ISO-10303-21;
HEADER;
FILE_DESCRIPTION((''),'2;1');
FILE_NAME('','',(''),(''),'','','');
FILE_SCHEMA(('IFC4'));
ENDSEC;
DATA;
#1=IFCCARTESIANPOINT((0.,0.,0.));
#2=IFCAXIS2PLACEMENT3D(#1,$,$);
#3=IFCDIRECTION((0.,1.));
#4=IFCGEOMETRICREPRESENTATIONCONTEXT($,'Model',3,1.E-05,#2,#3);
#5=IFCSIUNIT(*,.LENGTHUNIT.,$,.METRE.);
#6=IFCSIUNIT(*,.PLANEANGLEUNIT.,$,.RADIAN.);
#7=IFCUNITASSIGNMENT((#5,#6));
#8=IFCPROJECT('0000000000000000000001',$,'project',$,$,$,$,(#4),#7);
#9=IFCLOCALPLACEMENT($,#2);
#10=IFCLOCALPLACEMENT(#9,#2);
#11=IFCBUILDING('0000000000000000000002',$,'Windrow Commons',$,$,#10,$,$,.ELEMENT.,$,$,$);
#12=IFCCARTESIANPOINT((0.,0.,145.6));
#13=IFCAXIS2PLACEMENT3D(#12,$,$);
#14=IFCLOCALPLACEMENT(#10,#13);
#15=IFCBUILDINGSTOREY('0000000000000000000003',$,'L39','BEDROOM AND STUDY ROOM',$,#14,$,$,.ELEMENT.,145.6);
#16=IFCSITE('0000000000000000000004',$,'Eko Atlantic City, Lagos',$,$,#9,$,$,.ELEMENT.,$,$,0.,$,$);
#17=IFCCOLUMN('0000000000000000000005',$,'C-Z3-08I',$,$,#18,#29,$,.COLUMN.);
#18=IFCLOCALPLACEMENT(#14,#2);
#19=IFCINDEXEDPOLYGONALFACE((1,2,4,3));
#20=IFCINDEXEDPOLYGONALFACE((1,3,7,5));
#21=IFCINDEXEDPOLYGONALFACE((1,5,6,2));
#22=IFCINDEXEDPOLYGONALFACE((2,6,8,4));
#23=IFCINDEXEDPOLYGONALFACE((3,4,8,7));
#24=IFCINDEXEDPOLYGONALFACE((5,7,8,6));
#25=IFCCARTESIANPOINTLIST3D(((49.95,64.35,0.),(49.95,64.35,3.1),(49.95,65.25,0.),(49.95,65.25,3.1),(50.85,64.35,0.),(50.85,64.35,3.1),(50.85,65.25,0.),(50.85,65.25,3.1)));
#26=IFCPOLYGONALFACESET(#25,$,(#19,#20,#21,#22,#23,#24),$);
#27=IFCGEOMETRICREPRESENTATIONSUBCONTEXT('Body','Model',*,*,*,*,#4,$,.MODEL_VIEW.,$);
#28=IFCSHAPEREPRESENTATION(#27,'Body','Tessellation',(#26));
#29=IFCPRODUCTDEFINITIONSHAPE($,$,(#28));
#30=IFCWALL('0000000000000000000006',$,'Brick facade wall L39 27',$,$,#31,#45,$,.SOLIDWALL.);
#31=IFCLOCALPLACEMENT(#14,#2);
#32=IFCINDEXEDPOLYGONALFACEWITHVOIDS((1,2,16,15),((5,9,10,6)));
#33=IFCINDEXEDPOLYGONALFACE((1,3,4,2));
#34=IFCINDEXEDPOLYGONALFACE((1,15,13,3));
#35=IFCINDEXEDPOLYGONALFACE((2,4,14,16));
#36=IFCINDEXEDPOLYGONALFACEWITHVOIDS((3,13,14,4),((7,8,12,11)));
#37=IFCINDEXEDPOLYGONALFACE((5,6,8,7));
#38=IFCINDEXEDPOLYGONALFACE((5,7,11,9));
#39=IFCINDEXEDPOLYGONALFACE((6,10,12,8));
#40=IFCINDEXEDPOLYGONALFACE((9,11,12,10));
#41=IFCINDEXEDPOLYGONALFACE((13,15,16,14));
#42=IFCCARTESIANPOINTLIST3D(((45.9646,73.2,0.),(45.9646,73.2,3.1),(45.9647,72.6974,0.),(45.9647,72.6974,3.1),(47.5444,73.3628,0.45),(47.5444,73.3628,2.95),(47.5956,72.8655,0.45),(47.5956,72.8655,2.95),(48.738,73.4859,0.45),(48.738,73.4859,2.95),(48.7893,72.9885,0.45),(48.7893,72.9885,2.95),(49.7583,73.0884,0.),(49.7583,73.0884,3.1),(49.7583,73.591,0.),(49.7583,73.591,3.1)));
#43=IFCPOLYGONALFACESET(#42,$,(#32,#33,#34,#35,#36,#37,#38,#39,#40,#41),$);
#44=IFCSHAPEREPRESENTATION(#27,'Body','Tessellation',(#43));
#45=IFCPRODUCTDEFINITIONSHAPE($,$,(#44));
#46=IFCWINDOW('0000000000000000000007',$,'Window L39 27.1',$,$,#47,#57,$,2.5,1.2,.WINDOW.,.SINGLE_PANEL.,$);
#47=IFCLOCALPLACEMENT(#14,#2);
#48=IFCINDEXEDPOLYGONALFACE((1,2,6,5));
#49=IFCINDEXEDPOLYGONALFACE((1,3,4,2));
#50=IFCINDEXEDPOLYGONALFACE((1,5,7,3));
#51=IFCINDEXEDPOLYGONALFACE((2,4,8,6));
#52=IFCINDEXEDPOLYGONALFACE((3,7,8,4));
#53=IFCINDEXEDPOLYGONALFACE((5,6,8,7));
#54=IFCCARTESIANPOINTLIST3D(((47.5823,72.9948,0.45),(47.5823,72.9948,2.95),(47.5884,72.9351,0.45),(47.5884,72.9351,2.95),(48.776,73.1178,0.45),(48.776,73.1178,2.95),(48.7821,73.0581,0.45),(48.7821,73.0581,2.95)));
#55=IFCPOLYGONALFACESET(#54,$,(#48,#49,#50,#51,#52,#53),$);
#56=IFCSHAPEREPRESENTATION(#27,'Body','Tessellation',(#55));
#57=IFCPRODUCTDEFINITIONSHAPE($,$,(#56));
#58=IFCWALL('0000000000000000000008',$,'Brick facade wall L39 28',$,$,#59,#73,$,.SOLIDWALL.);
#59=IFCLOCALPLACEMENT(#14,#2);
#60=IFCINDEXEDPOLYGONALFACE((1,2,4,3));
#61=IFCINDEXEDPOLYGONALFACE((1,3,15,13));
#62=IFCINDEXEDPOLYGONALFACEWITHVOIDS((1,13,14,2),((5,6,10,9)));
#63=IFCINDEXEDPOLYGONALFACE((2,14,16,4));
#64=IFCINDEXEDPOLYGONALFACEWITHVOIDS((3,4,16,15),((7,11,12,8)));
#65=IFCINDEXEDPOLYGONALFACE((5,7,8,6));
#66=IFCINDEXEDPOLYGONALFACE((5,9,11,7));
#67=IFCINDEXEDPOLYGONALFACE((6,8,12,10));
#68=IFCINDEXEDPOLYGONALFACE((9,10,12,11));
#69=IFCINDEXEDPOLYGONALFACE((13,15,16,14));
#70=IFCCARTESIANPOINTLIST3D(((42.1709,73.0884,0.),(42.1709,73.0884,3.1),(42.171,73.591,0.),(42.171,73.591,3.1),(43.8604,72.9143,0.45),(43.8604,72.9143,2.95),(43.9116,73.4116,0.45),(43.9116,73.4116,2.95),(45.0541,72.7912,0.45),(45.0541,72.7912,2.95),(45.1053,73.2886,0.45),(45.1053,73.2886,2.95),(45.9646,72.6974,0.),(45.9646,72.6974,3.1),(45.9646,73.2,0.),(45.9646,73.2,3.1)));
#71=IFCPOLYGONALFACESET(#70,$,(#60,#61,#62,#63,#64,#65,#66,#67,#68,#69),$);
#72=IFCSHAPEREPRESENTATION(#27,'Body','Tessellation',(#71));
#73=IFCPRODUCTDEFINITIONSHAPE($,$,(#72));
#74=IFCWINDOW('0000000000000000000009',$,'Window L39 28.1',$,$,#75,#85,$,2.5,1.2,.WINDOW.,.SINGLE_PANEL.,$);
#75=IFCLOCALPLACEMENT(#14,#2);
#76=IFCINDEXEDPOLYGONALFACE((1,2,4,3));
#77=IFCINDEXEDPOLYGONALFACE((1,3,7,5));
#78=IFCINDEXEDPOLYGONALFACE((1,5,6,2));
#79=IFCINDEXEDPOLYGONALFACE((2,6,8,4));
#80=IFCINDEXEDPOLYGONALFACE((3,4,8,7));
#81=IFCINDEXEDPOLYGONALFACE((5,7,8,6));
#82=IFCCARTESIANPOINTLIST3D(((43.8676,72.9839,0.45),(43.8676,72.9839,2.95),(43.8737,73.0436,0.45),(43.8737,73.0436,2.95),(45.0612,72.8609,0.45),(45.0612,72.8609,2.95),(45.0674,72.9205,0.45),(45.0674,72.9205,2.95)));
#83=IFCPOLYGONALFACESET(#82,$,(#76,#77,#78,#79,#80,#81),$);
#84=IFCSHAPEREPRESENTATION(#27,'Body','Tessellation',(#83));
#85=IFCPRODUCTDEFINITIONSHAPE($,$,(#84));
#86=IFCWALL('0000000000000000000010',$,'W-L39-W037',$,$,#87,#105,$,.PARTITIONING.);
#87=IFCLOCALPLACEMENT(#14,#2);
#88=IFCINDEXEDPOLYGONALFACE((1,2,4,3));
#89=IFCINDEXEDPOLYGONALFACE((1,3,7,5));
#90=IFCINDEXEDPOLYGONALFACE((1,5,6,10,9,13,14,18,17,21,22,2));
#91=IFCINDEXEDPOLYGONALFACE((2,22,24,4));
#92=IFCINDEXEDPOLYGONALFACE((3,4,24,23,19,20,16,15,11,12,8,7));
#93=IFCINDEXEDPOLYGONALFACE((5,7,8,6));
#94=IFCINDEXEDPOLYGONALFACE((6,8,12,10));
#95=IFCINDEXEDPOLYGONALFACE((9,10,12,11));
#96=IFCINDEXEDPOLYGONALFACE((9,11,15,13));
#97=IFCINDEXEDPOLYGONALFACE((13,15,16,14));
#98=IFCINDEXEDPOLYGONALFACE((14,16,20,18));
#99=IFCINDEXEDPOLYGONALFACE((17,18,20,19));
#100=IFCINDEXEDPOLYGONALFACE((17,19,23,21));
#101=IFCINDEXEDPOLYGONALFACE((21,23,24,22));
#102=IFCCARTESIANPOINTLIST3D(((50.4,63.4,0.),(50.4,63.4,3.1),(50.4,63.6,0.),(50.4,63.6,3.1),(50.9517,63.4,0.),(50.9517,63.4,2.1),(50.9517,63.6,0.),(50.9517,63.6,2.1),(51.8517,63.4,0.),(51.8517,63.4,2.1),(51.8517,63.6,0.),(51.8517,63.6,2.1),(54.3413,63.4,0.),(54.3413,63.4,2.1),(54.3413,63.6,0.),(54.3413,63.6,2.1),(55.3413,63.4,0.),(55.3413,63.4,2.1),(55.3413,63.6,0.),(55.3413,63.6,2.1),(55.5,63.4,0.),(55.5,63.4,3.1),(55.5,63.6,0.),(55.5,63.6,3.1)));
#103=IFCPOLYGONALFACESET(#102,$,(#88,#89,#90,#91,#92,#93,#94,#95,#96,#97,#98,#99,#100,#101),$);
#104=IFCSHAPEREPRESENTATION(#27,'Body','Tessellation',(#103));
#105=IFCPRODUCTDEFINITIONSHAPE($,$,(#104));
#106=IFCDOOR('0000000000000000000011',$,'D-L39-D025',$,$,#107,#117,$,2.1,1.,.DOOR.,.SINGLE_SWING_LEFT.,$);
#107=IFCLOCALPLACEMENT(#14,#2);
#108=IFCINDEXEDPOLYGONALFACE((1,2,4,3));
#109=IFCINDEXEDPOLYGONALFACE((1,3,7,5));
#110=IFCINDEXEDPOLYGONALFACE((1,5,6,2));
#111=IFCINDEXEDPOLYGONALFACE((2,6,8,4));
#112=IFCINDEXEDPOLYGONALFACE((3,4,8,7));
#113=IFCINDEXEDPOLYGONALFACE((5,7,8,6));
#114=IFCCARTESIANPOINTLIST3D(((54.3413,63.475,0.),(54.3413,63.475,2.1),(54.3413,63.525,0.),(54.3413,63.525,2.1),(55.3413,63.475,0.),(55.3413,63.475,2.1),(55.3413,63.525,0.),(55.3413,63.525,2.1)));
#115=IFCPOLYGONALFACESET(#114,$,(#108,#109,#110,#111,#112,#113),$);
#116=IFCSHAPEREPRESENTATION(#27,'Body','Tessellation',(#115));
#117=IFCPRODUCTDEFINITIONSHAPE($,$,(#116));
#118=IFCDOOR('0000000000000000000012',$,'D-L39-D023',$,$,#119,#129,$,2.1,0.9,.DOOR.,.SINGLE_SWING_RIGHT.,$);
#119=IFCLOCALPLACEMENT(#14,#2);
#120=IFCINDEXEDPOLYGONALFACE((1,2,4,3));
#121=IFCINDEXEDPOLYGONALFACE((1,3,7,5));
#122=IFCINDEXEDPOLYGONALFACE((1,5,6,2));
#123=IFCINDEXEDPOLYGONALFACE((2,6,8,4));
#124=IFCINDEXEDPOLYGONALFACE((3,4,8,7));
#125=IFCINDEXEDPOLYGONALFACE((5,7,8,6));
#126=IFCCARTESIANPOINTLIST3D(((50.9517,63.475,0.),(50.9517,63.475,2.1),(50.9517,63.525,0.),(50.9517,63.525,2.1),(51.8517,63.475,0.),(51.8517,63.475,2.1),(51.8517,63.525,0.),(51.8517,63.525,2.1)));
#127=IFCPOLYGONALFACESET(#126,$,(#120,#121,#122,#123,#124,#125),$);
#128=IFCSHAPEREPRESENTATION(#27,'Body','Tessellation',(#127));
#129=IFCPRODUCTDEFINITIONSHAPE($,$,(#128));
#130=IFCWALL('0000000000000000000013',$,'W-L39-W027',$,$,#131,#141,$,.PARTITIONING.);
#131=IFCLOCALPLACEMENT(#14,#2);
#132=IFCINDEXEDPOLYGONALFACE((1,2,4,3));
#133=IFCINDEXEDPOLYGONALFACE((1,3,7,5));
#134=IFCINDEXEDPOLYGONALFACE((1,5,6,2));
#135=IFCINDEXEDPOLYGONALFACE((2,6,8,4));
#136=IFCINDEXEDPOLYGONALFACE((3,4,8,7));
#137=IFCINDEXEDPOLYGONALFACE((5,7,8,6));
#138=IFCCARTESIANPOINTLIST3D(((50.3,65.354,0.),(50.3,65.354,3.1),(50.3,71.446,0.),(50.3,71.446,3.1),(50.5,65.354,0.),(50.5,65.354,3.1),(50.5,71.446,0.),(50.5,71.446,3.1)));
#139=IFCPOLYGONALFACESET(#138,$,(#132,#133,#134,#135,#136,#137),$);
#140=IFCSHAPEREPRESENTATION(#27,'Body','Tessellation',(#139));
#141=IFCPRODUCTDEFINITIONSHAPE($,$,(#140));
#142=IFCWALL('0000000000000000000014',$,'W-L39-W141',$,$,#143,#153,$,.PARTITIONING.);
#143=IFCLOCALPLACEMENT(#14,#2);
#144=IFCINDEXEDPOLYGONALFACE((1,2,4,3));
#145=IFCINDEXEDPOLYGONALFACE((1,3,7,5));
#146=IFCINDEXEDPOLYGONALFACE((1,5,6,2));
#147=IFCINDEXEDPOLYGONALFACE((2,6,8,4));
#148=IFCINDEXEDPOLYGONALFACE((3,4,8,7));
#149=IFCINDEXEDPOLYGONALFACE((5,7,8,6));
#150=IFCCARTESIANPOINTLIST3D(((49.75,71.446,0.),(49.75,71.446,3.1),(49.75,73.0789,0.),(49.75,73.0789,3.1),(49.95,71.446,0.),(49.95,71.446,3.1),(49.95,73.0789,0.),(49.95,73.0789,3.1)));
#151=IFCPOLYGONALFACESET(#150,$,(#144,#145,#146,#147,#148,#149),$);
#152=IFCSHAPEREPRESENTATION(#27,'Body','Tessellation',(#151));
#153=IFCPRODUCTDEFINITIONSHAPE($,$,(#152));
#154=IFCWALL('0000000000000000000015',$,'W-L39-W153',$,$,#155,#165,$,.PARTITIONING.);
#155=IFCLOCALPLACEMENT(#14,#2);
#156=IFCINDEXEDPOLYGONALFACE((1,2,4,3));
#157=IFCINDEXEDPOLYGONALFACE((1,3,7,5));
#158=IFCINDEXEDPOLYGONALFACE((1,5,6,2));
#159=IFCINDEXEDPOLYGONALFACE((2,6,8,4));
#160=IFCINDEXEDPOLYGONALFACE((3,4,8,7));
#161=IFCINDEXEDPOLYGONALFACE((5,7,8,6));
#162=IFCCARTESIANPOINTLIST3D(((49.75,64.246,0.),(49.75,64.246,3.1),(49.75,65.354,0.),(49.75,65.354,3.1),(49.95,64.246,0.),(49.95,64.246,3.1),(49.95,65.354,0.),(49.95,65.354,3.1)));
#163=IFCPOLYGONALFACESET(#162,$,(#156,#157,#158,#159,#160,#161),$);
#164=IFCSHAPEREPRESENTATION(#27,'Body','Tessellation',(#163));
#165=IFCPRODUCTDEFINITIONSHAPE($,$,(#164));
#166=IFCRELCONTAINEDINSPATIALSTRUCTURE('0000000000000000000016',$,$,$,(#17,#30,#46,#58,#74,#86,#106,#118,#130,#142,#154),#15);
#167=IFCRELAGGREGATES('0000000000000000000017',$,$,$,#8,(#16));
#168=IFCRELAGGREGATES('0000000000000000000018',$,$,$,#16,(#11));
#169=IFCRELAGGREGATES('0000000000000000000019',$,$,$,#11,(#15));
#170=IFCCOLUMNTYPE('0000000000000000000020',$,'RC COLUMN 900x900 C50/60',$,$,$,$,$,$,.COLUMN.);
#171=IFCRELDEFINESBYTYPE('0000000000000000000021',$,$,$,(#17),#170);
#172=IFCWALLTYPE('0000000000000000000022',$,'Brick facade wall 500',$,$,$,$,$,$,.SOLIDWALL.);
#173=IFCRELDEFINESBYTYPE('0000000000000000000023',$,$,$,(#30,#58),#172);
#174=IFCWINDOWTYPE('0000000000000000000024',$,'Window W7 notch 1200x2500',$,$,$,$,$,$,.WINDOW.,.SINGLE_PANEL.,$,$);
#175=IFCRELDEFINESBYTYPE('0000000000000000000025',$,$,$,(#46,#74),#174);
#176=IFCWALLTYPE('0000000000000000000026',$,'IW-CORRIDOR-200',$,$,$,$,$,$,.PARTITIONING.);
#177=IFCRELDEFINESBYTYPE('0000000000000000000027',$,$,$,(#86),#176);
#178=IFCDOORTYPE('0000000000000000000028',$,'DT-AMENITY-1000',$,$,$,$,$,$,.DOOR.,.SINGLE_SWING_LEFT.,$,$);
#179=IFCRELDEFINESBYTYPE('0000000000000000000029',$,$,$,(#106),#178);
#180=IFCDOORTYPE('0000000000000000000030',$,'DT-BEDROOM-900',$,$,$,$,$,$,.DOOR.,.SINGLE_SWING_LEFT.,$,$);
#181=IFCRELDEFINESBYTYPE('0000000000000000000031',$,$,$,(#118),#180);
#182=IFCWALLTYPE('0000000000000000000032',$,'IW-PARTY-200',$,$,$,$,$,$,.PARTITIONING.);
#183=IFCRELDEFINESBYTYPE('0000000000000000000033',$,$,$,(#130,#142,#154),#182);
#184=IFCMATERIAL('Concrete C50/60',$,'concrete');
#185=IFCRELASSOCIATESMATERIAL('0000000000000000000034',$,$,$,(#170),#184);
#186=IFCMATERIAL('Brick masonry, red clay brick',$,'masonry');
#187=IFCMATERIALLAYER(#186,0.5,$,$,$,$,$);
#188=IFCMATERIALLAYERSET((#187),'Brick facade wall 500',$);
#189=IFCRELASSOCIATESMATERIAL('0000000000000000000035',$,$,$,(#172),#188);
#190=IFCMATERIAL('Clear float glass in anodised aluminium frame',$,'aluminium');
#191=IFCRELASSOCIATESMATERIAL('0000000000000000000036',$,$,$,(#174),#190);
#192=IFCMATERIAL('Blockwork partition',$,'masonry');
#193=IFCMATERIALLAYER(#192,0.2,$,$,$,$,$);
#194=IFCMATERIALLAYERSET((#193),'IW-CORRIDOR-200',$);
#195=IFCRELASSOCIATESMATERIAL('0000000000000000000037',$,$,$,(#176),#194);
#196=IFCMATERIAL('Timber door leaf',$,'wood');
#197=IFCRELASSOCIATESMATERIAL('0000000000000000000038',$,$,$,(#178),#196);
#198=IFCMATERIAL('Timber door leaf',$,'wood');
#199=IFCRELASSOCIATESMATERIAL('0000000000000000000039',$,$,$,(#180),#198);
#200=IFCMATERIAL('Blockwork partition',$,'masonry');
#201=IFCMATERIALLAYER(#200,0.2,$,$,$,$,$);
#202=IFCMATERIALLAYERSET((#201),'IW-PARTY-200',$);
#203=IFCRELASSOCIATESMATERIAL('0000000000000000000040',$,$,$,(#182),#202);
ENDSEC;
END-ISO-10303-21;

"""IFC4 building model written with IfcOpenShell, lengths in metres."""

from ifc_helpers import new_model, si_unit, direction, frame, frame_2d, origin, origin_2d, place, context, subcontext, project, spatial, polyline, rectangle, outline, extrude, material, layer, layer_set, material_profile, profile_set, type_object, element, fill, save


model = new_model("IFC4")

# Units and contexts
model_context = context("Model", 3, precision=1e-05, world=origin(), true_north=direction((0.0, 1.0)))
body_context = subcontext(model_context, "Body", "Model", "MODEL_VIEW")
ifc_project = project(units=[si_unit("LENGTHUNIT", "METRE"), si_unit("PLANEANGLEUNIT", "RADIAN")], contexts=[model_context])

# Site, building, storey
site_placement = place(None, origin())
site = spatial("IfcSite", under=ifc_project, at=site_placement, Name="Eko Atlantic City, Lagos", CompositionType="ELEMENT", RefElevation=0.0)
building_placement = place(site_placement, origin())
building = spatial("IfcBuilding", under=site, at=building_placement, Name="Windrow Commons", CompositionType="ELEMENT")
storey_placement = place(building_placement, frame((0.0, 0.0, 145.6)))
storey = spatial("IfcBuildingStorey", under=building, at=storey_placement, Name="L39", Description="BEDROOM AND STUDY ROOM", CompositionType="ELEMENT", Elevation=145.6)

# Column
ifc_material_1 = material(Name="Concrete C50/60", Category="concrete")
ifc_material_profile = material_profile(ifc_material_1, rectangle(XDim=0.9, YDim=0.9, at=origin_2d()))
ifc_profile_set = profile_set([ifc_material_profile], Name="Concrete C50/60")
column_type = type_object("IfcColumnType", Name="RC COLUMN 900x900 C50/60", PredefinedType="COLUMN", material=ifc_profile_set)
column_placement = place(storey_placement, frame((50.4, 64.8, 0.0), z_axis=(0.0, 0.0, 1.0), x_axis=(1.0, 0.0, 0.0)))
element("IfcColumn", 1, at=column_placement, inside=storey, type_object=column_type, Name="C-Z3-08I", PredefinedType="COLUMN", context=body_context, shape_type="SweptSolid", body=[
    extrude(rectangle(XDim=0.9, YDim=0.9, at=origin_2d()), origin(), (0.0, 0.0, 1.0), 3.1),
])

# Walls, openings, windows
ifc_material_2 = material(Name="Brick masonry, red clay brick", Category="masonry")
ifc_layer_1 = layer(ifc_material_2, 0.5)
ifc_layer_set_1 = layer_set([ifc_layer_1], Name="Brick facade wall 500")
wall_type_1 = type_object("IfcWallType", Name="Brick facade wall 500", PredefinedType="SOLIDWALL", material=ifc_layer_set_1)
wall_1_placement = place(storey_placement, frame((49.7583, 73.3397, 0.0), z_axis=(0.0, 0.0, 1.0), x_axis=(-0.994731, -0.102523, 0.0)))
wall_1 = element("IfcWall", 2, at=wall_1_placement, inside=storey, type_object=wall_type_1, Name="Brick facade wall L39 27", PredefinedType="SOLIDWALL", context=body_context, shape_type="SweptSolid", body=[
    extrude(outline(polyline([(-0.0258, -0.25), (3.788, -0.25), (3.8395, 0.25), (0.0258, 0.25), (-0.0258, -0.25)])), origin(), (0.0, 0.0, 1.0), 3.1),
])
opening_1_placement = place(wall_1_placement, frame((0.9999, 0.0, 0.45)))
opening_1 = element("IfcOpeningElement", 3, at=opening_1_placement, cuts=wall_1, PredefinedType="OPENING", context=body_context, shape_type="SweptSolid", body=[
    extrude(rectangle(XDim=1.2, YDim=2.5, at=frame_2d((0.6, 1.25))), frame((0.0, 0.26, 0.0), z_axis=(0.0, -1.0, 0.0), x_axis=(1.0, 0.0, 0.0)), (0.0, 0.0, 1.0), 0.52),
])
ifc_material_3 = material(Name="Clear float glass in anodised aluminium frame", Category="aluminium")
window_type = type_object("IfcWindowType", Name="Window W7 notch 1200x2500", PartitioningType="SINGLE_PANEL", PredefinedType="WINDOW", material=ifc_material_3)
window_1_placement = place(opening_1_placement, origin())
window_1 = element("IfcWindow", 4, at=window_1_placement, inside=storey, type_object=window_type, Name="Window L39 27.1", OverallHeight=2.5, OverallWidth=1.2, PartitioningType="SINGLE_PANEL", PredefinedType="WINDOW", context=body_context, shape_type="SweptSolid", body=[
    extrude(rectangle(XDim=1.2, YDim=2.5, at=frame_2d((0.6, 1.25))), frame((0.0, 0.18, 0.0), z_axis=(0.0, -1.0, 0.0), x_axis=(1.0, 0.0, 0.0)), (0.0, 0.0, 1.0), 0.06),
])
fill(opening_1, window_1)
wall_2_placement = place(storey_placement, frame((45.9646, 72.9487, 0.0), z_axis=(0.0, 0.0, 1.0), x_axis=(-0.99473, 0.102525, 0.0)))
wall_2 = element("IfcWall", 5, at=wall_2_placement, inside=storey, type_object=wall_type_1, Name="Brick facade wall L39 28", PredefinedType="SOLIDWALL", context=body_context, shape_type="SweptSolid", body=[
    extrude(outline(polyline([(0.0258, -0.25), (3.8395, -0.25), (3.788, 0.25), (-0.0258, 0.25), (0.0258, -0.25)])), origin(), (0.0, 0.0, 1.0), 3.1),
])
opening_2_placement = place(wall_2_placement, frame((0.8896, 0.0, 0.45)))
opening_2 = element("IfcOpeningElement", 6, at=opening_2_placement, cuts=wall_2, PredefinedType="OPENING", context=body_context, shape_type="SweptSolid", body=[
    extrude(rectangle(XDim=1.2, YDim=2.5, at=frame_2d((0.6, 1.25))), frame((0.0, 0.26, 0.0), z_axis=(0.0, -1.0, 0.0), x_axis=(1.0, 0.0, 0.0)), (0.0, 0.0, 1.0), 0.52),
])
window_2_placement = place(opening_2_placement, origin())
window_2 = element("IfcWindow", 7, at=window_2_placement, inside=storey, type_object=window_type, Name="Window L39 28.1", OverallHeight=2.5, OverallWidth=1.2, PartitioningType="SINGLE_PANEL", PredefinedType="WINDOW", context=body_context, shape_type="SweptSolid", body=[
    extrude(rectangle(XDim=1.2, YDim=2.5, at=frame_2d((0.6, 1.25))), frame((0.0, 0.18, 0.0), z_axis=(0.0, -1.0, 0.0), x_axis=(1.0, 0.0, 0.0)), (0.0, 0.0, 1.0), 0.06),
])
fill(opening_2, window_2)

# Wall, openings, doors
ifc_material_4 = material(Name="Blockwork partition", Category="masonry")
ifc_layer_2 = layer(ifc_material_4, 0.2)
ifc_layer_set_2 = layer_set([ifc_layer_2], Name="IW-CORRIDOR-200")
wall_type_2 = type_object("IfcWallType", Name="IW-CORRIDOR-200", PredefinedType="PARTITIONING", material=ifc_layer_set_2)
wall_3_placement = place(storey_placement, frame((50.4, 63.5, 0.0), z_axis=(0.0, 0.0, 1.0), x_axis=(1.0, 0.0, 0.0)))
wall_3 = element("IfcWall", 8, at=wall_3_placement, inside=storey, type_object=wall_type_2, Name="W-L39-W037", PredefinedType="PARTITIONING", context=body_context, shape_type="SweptSolid", body=[
    extrude(rectangle(XDim=5.1, YDim=0.2, at=frame_2d((2.55, 0.0))), origin(), (0.0, 0.0, 1.0), 3.1),
])
opening_3_placement = place(wall_3_placement, frame((0.5517, 0.0, 0.0)))
opening_3 = element("IfcOpeningElement", 9, at=opening_3_placement, cuts=wall_3, PredefinedType="OPENING", context=body_context, shape_type="SweptSolid", body=[
    extrude(rectangle(XDim=0.9, YDim=2.1, at=frame_2d((0.45, 1.05))), frame((0.0, 0.11, 0.0), z_axis=(0.0, -1.0, 0.0), x_axis=(1.0, 0.0, 0.0)), (0.0, 0.0, 1.0), 0.22),
])
opening_4_placement = place(wall_3_placement, frame((3.9413, 0.0, 0.0)))
opening_4 = element("IfcOpeningElement", 10, at=opening_4_placement, cuts=wall_3, PredefinedType="OPENING", context=body_context, shape_type="SweptSolid", body=[
    extrude(rectangle(XDim=1.0, YDim=2.1, at=frame_2d((0.5, 1.05))), frame((0.0, 0.11, 0.0), z_axis=(0.0, -1.0, 0.0), x_axis=(1.0, 0.0, 0.0)), (0.0, 0.0, 1.0), 0.22),
])
ifc_material_5 = material(Name="Timber door leaf", Category="wood")
door_type_1 = type_object("IfcDoorType", Name="DT-AMENITY-1000", OperationType="SINGLE_SWING_LEFT", PredefinedType="DOOR", material=ifc_material_5)
door_1_placement = place(opening_4_placement, origin())
door_1 = element("IfcDoor", 11, at=door_1_placement, inside=storey, type_object=door_type_1, Name="D-L39-D025", OperationType="SINGLE_SWING_LEFT", OverallHeight=2.1, OverallWidth=1.0, PredefinedType="DOOR", context=body_context, shape_type="SweptSolid", body=[
    extrude(rectangle(XDim=1.0, YDim=2.1, at=frame_2d((0.5, 1.05))), frame((0.0, 0.025, 0.0), z_axis=(0.0, -1.0, 0.0), x_axis=(1.0, 0.0, 0.0)), (0.0, 0.0, 1.0), 0.05),
])
fill(opening_4, door_1)
ifc_material_6 = material(Name="Timber door leaf", Category="wood")
door_type_2 = type_object("IfcDoorType", Name="DT-BEDROOM-900", OperationType="SINGLE_SWING_LEFT", PredefinedType="DOOR", material=ifc_material_6)
door_2_placement = place(opening_3_placement, origin())
door_2 = element("IfcDoor", 12, at=door_2_placement, inside=storey, type_object=door_type_2, Name="D-L39-D023", OperationType="SINGLE_SWING_RIGHT", OverallHeight=2.1, OverallWidth=0.9, PredefinedType="DOOR", context=body_context, shape_type="SweptSolid", body=[
    extrude(rectangle(XDim=0.9, YDim=2.1, at=frame_2d((0.45, 1.05))), frame((0.0, 0.025, 0.0), z_axis=(0.0, -1.0, 0.0), x_axis=(1.0, 0.0, 0.0)), (0.0, 0.0, 1.0), 0.05),
])
fill(opening_3, door_2)

# Walls
ifc_material_7 = material(Name="Blockwork partition", Category="masonry")
ifc_layer_3 = layer(ifc_material_7, 0.2)
ifc_layer_set_3 = layer_set([ifc_layer_3], Name="IW-PARTY-200")
wall_type_3 = type_object("IfcWallType", Name="IW-PARTY-200", PredefinedType="PARTITIONING", material=ifc_layer_set_3)
wall_4_placement = place(storey_placement, frame((50.4, 65.354, 0.0), z_axis=(0.0, 0.0, 1.0), x_axis=(0.0, 1.0, 0.0)))
element("IfcWall", 13, at=wall_4_placement, inside=storey, type_object=wall_type_3, Name="W-L39-W027", PredefinedType="PARTITIONING", context=body_context, shape_type="SweptSolid", body=[
    extrude(rectangle(XDim=6.092, YDim=0.2, at=frame_2d((3.046, 0.0))), origin(), (0.0, 0.0, 1.0), 3.1),
])
wall_5_placement = place(storey_placement, frame((49.85, 71.446, 0.0), z_axis=(0.0, 0.0, 1.0), x_axis=(0.0, 1.0, 0.0)))
element("IfcWall", 14, at=wall_5_placement, inside=storey, type_object=wall_type_3, Name="W-L39-W141", PredefinedType="PARTITIONING", context=body_context, shape_type="SweptSolid", body=[
    extrude(rectangle(XDim=1.6329, YDim=0.2, at=frame_2d((0.8165, 0.0))), origin(), (0.0, 0.0, 1.0), 3.1),
])
wall_6_placement = place(storey_placement, frame((49.85, 64.246, 0.0), z_axis=(0.0, 0.0, 1.0), x_axis=(0.0, 1.0, 0.0)))
element("IfcWall", 15, at=wall_6_placement, inside=storey, type_object=wall_type_3, Name="W-L39-W153", PredefinedType="PARTITIONING", context=body_context, shape_type="SweptSolid", body=[
    extrude(rectangle(XDim=1.108, YDim=0.2, at=frame_2d((0.554, 0.0))), origin(), (0.0, 0.0, 1.0), 3.1),
])

save(model, "model.ifc")
